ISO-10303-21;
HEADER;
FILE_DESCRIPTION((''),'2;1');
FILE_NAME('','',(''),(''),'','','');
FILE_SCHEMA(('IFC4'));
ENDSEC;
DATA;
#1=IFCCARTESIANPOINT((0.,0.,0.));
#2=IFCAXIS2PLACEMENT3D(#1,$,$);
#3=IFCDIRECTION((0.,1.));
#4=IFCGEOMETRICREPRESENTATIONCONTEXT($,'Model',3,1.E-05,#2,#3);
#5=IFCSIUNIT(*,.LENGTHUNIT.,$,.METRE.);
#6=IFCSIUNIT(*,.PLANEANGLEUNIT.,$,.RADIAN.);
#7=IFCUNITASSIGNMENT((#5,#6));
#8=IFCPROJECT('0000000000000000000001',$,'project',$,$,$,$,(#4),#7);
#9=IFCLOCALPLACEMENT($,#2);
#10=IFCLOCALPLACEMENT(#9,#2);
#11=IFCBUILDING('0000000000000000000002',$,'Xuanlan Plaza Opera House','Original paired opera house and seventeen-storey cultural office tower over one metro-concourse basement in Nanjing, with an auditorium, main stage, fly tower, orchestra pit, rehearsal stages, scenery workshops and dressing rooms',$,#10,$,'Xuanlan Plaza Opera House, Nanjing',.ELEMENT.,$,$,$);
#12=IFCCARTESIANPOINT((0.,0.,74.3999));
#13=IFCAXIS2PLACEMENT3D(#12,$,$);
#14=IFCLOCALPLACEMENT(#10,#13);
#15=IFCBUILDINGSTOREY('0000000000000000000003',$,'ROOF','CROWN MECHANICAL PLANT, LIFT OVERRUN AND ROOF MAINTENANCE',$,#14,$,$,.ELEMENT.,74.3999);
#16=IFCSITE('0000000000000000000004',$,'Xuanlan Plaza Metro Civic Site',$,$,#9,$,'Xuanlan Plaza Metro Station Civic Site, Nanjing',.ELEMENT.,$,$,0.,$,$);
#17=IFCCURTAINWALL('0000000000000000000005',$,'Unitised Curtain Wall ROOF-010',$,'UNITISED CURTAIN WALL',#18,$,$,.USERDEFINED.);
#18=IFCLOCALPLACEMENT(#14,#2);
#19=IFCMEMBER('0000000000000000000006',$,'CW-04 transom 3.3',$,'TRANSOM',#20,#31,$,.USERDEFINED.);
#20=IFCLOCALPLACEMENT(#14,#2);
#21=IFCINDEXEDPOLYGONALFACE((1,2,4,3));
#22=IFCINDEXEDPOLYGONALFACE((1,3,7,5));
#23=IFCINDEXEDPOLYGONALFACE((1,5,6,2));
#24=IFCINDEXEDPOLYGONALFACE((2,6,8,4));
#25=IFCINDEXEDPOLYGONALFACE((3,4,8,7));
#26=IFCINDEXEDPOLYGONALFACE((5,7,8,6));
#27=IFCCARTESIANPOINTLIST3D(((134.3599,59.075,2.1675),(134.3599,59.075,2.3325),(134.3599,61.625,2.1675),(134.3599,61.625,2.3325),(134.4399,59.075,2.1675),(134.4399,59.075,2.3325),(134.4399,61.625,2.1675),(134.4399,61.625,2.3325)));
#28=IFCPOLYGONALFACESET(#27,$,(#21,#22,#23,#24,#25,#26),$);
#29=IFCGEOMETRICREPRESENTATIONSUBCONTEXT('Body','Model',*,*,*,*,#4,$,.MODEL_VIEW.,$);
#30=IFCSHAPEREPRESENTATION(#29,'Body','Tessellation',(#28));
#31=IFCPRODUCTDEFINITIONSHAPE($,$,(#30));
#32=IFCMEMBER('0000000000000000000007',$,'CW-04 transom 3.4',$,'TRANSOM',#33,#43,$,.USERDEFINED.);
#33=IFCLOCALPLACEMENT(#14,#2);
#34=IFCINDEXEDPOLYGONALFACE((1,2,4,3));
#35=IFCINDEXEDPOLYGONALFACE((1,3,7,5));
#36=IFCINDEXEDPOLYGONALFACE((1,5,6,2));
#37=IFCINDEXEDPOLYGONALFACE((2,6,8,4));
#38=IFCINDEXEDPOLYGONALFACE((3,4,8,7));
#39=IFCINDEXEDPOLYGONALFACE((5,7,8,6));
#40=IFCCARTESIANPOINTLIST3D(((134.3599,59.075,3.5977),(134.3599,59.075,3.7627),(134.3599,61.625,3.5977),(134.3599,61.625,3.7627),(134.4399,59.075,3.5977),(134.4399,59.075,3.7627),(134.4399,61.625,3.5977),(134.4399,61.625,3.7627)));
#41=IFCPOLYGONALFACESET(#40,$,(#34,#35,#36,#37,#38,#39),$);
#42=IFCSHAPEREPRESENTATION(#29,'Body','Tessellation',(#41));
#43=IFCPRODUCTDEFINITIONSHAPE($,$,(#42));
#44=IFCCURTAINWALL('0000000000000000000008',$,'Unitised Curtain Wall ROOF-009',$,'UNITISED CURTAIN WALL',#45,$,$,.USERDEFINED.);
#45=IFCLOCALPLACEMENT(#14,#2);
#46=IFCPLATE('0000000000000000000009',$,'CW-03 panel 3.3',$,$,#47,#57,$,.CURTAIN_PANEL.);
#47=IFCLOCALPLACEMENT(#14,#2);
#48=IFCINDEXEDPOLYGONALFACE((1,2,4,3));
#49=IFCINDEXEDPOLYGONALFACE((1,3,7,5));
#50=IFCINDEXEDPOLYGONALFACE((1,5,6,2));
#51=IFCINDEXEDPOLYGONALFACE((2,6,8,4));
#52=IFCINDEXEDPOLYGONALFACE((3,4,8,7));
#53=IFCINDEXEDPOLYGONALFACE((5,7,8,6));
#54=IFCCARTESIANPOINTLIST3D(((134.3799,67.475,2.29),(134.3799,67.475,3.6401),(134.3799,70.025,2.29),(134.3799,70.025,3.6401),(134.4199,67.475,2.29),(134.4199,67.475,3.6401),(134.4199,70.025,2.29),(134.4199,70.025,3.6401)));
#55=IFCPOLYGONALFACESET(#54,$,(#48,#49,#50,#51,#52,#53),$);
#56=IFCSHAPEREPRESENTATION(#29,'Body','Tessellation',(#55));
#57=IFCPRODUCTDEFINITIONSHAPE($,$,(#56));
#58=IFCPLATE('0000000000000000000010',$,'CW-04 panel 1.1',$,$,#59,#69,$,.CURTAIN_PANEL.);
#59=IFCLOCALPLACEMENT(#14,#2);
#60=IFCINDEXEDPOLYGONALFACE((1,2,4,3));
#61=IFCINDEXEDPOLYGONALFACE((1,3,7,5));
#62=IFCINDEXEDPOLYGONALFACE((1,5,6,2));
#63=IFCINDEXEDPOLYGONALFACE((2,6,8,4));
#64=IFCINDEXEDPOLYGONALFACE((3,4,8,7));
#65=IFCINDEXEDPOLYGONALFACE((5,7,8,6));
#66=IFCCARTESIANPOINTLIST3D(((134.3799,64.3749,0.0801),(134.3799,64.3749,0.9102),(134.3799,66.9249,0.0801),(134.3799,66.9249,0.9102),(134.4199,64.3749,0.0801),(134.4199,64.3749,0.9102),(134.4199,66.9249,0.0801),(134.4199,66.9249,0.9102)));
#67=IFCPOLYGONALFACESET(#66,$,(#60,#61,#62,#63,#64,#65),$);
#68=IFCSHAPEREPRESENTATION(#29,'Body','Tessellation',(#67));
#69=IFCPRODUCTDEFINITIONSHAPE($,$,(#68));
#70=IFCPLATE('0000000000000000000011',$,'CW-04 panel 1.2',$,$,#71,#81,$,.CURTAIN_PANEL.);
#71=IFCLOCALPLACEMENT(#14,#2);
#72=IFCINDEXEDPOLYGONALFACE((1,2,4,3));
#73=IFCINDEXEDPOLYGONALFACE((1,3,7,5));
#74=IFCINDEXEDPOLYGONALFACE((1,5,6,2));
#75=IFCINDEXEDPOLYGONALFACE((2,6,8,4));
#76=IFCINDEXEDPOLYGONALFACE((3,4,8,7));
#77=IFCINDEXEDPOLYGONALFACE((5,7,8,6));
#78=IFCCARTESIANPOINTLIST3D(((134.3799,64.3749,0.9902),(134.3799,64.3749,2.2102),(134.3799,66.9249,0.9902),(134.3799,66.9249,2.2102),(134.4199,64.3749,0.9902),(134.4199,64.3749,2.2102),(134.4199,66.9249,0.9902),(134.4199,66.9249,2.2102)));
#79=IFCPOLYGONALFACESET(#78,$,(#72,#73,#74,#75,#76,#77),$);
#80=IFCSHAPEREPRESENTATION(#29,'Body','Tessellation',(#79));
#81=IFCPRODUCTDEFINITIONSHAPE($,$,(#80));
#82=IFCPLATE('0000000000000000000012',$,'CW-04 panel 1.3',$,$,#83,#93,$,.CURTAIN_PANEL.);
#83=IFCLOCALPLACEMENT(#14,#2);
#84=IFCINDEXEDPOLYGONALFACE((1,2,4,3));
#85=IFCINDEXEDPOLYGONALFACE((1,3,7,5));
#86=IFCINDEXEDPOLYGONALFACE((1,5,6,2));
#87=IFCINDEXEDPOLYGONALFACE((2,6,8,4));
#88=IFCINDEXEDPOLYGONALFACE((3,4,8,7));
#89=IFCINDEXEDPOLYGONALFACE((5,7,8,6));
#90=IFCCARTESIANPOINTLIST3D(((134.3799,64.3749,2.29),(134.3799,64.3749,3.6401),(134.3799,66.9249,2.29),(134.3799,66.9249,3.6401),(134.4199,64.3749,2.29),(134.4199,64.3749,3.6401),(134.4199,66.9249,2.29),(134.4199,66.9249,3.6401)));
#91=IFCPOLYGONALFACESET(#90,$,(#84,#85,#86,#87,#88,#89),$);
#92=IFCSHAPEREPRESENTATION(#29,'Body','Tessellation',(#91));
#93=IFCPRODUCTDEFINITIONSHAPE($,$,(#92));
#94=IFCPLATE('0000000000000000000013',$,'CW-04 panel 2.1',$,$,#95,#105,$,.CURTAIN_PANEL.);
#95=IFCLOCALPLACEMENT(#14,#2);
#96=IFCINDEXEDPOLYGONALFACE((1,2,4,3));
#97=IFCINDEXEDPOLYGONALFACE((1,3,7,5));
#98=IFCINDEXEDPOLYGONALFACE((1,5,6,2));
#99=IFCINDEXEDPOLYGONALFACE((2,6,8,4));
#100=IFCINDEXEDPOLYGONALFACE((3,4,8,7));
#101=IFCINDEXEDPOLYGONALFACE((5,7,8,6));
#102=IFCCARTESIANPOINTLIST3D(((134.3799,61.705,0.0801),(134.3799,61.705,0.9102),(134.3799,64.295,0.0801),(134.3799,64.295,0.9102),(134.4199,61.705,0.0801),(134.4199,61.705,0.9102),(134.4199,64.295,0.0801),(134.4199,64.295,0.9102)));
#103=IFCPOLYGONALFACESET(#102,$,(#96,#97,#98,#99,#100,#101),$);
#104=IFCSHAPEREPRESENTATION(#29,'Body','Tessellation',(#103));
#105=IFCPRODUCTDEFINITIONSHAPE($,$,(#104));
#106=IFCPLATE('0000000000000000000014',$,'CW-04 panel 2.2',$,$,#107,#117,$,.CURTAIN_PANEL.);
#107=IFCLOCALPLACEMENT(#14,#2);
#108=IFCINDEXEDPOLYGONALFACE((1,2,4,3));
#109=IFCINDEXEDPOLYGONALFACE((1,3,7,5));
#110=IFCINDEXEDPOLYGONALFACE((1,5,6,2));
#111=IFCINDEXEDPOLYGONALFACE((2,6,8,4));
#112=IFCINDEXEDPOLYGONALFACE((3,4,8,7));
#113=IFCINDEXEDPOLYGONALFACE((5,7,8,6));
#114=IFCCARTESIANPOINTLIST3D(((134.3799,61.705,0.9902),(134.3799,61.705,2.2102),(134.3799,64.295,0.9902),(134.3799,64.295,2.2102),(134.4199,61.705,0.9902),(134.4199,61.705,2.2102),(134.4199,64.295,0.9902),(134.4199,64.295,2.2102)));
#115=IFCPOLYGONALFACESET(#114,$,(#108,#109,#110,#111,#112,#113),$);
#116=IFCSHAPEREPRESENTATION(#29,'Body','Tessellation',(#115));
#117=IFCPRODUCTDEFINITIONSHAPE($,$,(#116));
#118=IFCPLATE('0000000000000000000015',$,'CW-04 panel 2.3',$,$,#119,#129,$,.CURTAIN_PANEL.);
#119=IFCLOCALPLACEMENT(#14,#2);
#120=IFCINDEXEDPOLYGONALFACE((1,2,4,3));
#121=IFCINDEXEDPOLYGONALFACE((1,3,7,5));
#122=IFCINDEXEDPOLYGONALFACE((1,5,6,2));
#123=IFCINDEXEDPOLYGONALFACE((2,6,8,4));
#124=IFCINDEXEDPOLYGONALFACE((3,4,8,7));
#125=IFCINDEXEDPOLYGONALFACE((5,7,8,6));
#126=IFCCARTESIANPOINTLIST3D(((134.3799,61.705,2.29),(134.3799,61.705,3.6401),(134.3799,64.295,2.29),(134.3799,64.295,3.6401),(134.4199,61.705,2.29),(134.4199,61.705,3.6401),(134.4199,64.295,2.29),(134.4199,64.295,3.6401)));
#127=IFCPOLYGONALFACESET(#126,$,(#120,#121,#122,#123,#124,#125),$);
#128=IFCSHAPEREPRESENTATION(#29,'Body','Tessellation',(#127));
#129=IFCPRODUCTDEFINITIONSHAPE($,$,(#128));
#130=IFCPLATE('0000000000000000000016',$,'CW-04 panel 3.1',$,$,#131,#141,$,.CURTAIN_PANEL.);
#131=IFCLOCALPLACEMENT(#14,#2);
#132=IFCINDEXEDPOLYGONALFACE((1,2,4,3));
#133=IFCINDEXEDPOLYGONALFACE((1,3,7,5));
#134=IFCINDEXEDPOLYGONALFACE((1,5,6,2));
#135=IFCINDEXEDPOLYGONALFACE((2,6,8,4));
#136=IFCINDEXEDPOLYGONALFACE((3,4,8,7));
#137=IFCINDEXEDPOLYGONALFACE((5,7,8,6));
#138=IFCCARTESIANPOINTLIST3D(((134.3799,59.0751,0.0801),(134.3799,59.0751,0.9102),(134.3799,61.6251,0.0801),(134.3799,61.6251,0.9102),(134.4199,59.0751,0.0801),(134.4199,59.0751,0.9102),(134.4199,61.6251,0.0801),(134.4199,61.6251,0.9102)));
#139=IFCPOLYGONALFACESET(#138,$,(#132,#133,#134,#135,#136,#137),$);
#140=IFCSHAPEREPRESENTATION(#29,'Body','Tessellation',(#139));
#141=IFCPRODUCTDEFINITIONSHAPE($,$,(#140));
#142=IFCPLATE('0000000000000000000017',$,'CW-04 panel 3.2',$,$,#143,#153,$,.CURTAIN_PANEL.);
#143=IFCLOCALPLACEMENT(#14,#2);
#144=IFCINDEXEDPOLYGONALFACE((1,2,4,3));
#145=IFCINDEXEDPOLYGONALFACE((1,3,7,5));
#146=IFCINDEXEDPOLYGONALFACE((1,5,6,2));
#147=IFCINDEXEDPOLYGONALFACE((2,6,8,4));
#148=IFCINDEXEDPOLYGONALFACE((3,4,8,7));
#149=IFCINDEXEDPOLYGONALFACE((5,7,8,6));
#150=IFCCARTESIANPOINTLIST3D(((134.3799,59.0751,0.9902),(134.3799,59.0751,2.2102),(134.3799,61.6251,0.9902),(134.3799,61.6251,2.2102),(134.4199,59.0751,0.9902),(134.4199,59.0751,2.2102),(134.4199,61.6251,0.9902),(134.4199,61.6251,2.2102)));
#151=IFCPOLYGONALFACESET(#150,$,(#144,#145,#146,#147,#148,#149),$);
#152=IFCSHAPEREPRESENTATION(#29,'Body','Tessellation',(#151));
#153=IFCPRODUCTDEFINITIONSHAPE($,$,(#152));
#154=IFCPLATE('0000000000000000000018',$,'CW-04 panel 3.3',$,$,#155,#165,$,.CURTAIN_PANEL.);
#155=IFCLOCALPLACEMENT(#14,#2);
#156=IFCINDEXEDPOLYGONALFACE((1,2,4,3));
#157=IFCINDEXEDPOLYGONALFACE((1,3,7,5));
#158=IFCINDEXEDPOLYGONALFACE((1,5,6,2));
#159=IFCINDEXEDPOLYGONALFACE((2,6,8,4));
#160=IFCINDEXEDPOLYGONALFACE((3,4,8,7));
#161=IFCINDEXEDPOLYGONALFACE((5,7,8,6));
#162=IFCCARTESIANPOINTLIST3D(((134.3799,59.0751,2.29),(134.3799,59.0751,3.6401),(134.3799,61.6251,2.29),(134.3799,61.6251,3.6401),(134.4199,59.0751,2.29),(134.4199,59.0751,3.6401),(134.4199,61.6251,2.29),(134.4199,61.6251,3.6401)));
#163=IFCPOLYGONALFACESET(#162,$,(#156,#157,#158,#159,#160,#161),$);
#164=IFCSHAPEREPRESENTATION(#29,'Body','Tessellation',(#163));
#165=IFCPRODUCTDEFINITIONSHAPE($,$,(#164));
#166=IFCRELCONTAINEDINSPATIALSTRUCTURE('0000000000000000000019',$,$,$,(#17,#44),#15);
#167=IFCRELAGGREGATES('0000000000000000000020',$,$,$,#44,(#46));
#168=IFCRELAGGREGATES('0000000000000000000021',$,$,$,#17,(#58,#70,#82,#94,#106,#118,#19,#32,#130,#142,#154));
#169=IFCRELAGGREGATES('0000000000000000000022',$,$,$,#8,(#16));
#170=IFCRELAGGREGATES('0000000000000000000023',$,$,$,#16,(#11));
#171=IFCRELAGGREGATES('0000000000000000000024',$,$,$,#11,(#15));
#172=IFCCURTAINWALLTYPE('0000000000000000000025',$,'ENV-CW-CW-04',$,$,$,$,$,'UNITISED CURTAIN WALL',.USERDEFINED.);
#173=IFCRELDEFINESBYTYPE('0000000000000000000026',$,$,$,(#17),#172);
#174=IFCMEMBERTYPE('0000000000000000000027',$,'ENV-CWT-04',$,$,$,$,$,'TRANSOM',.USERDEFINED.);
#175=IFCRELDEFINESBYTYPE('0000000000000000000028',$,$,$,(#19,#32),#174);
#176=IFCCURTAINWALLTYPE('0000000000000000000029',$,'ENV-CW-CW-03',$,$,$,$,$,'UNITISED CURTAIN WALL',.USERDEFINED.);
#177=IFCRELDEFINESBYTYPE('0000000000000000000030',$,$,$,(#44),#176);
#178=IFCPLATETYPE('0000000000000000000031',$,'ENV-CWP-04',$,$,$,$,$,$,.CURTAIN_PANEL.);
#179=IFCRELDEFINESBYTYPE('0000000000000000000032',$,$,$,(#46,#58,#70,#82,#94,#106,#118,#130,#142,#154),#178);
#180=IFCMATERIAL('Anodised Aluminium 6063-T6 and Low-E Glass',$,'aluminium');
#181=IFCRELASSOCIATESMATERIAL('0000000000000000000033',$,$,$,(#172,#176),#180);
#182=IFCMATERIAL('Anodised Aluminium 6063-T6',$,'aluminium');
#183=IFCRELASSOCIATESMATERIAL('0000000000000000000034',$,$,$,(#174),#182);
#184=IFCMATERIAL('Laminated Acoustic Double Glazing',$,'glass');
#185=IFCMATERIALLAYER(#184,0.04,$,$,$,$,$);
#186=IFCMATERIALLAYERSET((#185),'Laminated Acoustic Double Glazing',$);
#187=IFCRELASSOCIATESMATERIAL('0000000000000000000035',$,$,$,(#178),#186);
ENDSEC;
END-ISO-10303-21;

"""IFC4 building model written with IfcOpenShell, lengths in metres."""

from ifc_helpers import new_model, si_unit, direction, frame, origin, origin_2d, place, context, subcontext, project, spatial, rectangle, extrude, material, layer, layer_set, material_profile, profile_set, type_object, element, aggregate, save


model = new_model("IFC4")

# Units and contexts
model_context = context("Model", 3, precision=1e-05, world=origin(), true_north=direction((0.0, 1.0)))
body_context = subcontext(model_context, "Body", "Model", "MODEL_VIEW")
ifc_project = project(units=[si_unit("LENGTHUNIT", "METRE"), si_unit("PLANEANGLEUNIT", "RADIAN")], contexts=[model_context])

# Site, building, storey
site_placement = place(None, origin())
site = spatial("IfcSite", under=ifc_project, at=site_placement, Name="Xuanlan Plaza Metro Civic Site", LongName="Xuanlan Plaza Metro Station Civic Site, Nanjing", CompositionType="ELEMENT", RefElevation=0.0)
building_placement = place(site_placement, origin())
building = spatial("IfcBuilding", under=site, at=building_placement, Name="Xuanlan Plaza Opera House", Description="Original paired opera house and seventeen-storey cultural office tower over one metro-concourse basement in Nanjing, with an auditorium, main stage, fly tower, orchestra pit, rehearsal stages, scenery workshops and dressing rooms", LongName="Xuanlan Plaza Opera House, Nanjing", CompositionType="ELEMENT")
storey_placement = place(building_placement, frame((0.0, 0.0, 74.3999)))
storey = spatial("IfcBuildingStorey", under=building, at=storey_placement, Name="ROOF", Description="CROWN MECHANICAL PLANT, LIFT OVERRUN AND ROOF MAINTENANCE", CompositionType="ELEMENT", Elevation=74.3999)

# Curtain wall
ifc_material_1 = material(Name="Anodised Aluminium 6063-T6 and Low-E Glass", Category="aluminium")
curtain_wall_type_1 = type_object("IfcCurtainWallType", Name="ENV-CW-CW-04", ElementType="UNITISED CURTAIN WALL", PredefinedType="USERDEFINED", material=ifc_material_1)
curtain_wall_1_placement = place(storey_placement, origin())
curtain_wall_1 = element("IfcCurtainWall", 1, at=curtain_wall_1_placement, inside=storey, type_object=curtain_wall_type_1, Name="Unitised Curtain Wall ROOF-010", ObjectType="UNITISED CURTAIN WALL", PredefinedType="USERDEFINED")
ifc_material_2 = material(Name="Anodised Aluminium 6063-T6", Category="aluminium")

# Shared definitions
curtain_wall_type_2 = type_object("IfcCurtainWallType", Name="ENV-CW-CW-03", ElementType="UNITISED CURTAIN WALL", PredefinedType="USERDEFINED", material=ifc_material_1)

# Members
ifc_material_profile_1 = material_profile(ifc_material_2, rectangle(XDim=0.0801, YDim=0.165, at=origin_2d()), Name="ALU-T 80x165")
ifc_profile_set_1 = profile_set([ifc_material_profile_1], Name="Anodised Aluminium 6063-T6")
member_type_1 = type_object("IfcMemberType", Name="ENV-CWT-04", ElementType="TRANSOM", PredefinedType="USERDEFINED", material=ifc_profile_set_1)
member_1_placement = place(storey_placement, frame((134.3999, 61.625, 2.25), z_axis=(0.0, -1.0, 0.0), x_axis=(1.0, 0.0, 0.0)))
member_1 = element("IfcMember", 2, at=member_1_placement, type_object=member_type_1, Name="CW-04 transom 3.3", ObjectType="TRANSOM", PredefinedType="USERDEFINED", context=body_context, shape_type="SweptSolid", body=[
    extrude(rectangle(XDim=0.0801, YDim=0.165, at=origin_2d()), origin(), (0.0, 0.0, 1.0), 2.55),
])
member_2_placement = place(storey_placement, frame((134.3999, 61.625, 3.6802), z_axis=(0.0, -1.0, 0.0), x_axis=(1.0, 0.0, 0.0)))
member_2 = element("IfcMember", 3, at=member_2_placement, type_object=member_type_1, Name="CW-04 transom 3.4", ObjectType="TRANSOM", PredefinedType="USERDEFINED", context=body_context, shape_type="SweptSolid", body=[
    extrude(rectangle(XDim=0.0801, YDim=0.165, at=origin_2d()), origin(), (0.0, 0.0, 1.0), 2.55),
])

# Curtain wall, plate
curtain_wall_2_placement = place(storey_placement, origin())
curtain_wall_2 = element("IfcCurtainWall", 4, at=curtain_wall_2_placement, inside=storey, type_object=curtain_wall_type_2, Name="Unitised Curtain Wall ROOF-009", ObjectType="UNITISED CURTAIN WALL", PredefinedType="USERDEFINED")
ifc_material_3 = material(Name="Laminated Acoustic Double Glazing", Category="glass")
ifc_layer = layer(ifc_material_3, 0.04)
ifc_layer_set = layer_set([ifc_layer], Name="Laminated Acoustic Double Glazing")
plate_type = type_object("IfcPlateType", Name="ENV-CWP-04", PredefinedType="CURTAIN_PANEL", material=ifc_layer_set)
plate_1_placement = place(storey_placement, frame((134.3999, 68.75, 2.29), z_axis=(0.0, 0.0, 1.0), x_axis=(0.0, -1.0, 0.0)))
plate_1 = element("IfcPlate", 5, at=plate_1_placement, type_object=plate_type, Name="CW-03 panel 3.3", PredefinedType="CURTAIN_PANEL", context=body_context, shape_type="SweptSolid", body=[
    extrude(rectangle(XDim=2.55, YDim=0.04, at=origin_2d()), origin(), (0.0, 0.0, 1.0), 1.3501),
])
aggregate(curtain_wall_2, [plate_1])

# Plates
plate_2_placement = place(storey_placement, frame((134.3999, 65.6499, 0.0801), z_axis=(0.0, 0.0, 1.0), x_axis=(0.0, -1.0, 0.0)))
plate_2 = element("IfcPlate", 6, at=plate_2_placement, type_object=plate_type, Name="CW-04 panel 1.1", PredefinedType="CURTAIN_PANEL", context=body_context, shape_type="SweptSolid", body=[
    extrude(rectangle(XDim=2.55, YDim=0.04, at=origin_2d()), origin(), (0.0, 0.0, 1.0), 0.8301),
])
plate_3_placement = place(storey_placement, frame((134.3999, 65.6499, 0.9902), z_axis=(0.0, 0.0, 1.0), x_axis=(0.0, -1.0, 0.0)))
plate_3 = element("IfcPlate", 7, at=plate_3_placement, type_object=plate_type, Name="CW-04 panel 1.2", PredefinedType="CURTAIN_PANEL", context=body_context, shape_type="SweptSolid", body=[
    extrude(rectangle(XDim=2.55, YDim=0.04, at=origin_2d()), origin(), (0.0, 0.0, 1.0), 1.22),
])
plate_4_placement = place(storey_placement, frame((134.3999, 65.6499, 2.29), z_axis=(0.0, 0.0, 1.0), x_axis=(0.0, -1.0, 0.0)))
plate_4 = element("IfcPlate", 8, at=plate_4_placement, type_object=plate_type, Name="CW-04 panel 1.3", PredefinedType="CURTAIN_PANEL", context=body_context, shape_type="SweptSolid", body=[
    extrude(rectangle(XDim=2.55, YDim=0.04, at=origin_2d()), origin(), (0.0, 0.0, 1.0), 1.3501),
])
plate_5_placement = place(storey_placement, frame((134.3999, 63.0, 0.0801), z_axis=(0.0, 0.0, 1.0), x_axis=(0.0, -1.0, 0.0)))
plate_5 = element("IfcPlate", 9, at=plate_5_placement, type_object=plate_type, Name="CW-04 panel 2.1", PredefinedType="CURTAIN_PANEL", context=body_context, shape_type="SweptSolid", body=[
    extrude(rectangle(XDim=2.5901, YDim=0.04, at=origin_2d()), origin(), (0.0, 0.0, 1.0), 0.8301),
])
plate_6_placement = place(storey_placement, frame((134.3999, 63.0, 0.9902), z_axis=(0.0, 0.0, 1.0), x_axis=(0.0, -1.0, 0.0)))
plate_6 = element("IfcPlate", 10, at=plate_6_placement, type_object=plate_type, Name="CW-04 panel 2.2", PredefinedType="CURTAIN_PANEL", context=body_context, shape_type="SweptSolid", body=[
    extrude(rectangle(XDim=2.5901, YDim=0.04, at=origin_2d()), origin(), (0.0, 0.0, 1.0), 1.22),
])
plate_7_placement = place(storey_placement, frame((134.3999, 63.0, 2.29), z_axis=(0.0, 0.0, 1.0), x_axis=(0.0, -1.0, 0.0)))
plate_7 = element("IfcPlate", 11, at=plate_7_placement, type_object=plate_type, Name="CW-04 panel 2.3", PredefinedType="CURTAIN_PANEL", context=body_context, shape_type="SweptSolid", body=[
    extrude(rectangle(XDim=2.5901, YDim=0.04, at=origin_2d()), origin(), (0.0, 0.0, 1.0), 1.3501),
])
plate_8_placement = place(storey_placement, frame((134.3999, 60.3501, 0.0801), z_axis=(0.0, 0.0, 1.0), x_axis=(0.0, -1.0, 0.0)))
plate_8 = element("IfcPlate", 12, at=plate_8_placement, type_object=plate_type, Name="CW-04 panel 3.1", PredefinedType="CURTAIN_PANEL", context=body_context, shape_type="SweptSolid", body=[
    extrude(rectangle(XDim=2.55, YDim=0.04, at=origin_2d()), origin(), (0.0, 0.0, 1.0), 0.8301),
])
plate_9_placement = place(storey_placement, frame((134.3999, 60.3501, 0.9902), z_axis=(0.0, 0.0, 1.0), x_axis=(0.0, -1.0, 0.0)))
plate_9 = element("IfcPlate", 13, at=plate_9_placement, type_object=plate_type, Name="CW-04 panel 3.2", PredefinedType="CURTAIN_PANEL", context=body_context, shape_type="SweptSolid", body=[
    extrude(rectangle(XDim=2.55, YDim=0.04, at=origin_2d()), origin(), (0.0, 0.0, 1.0), 1.22),
])
plate_10_placement = place(storey_placement, frame((134.3999, 60.3501, 2.29), z_axis=(0.0, 0.0, 1.0), x_axis=(0.0, -1.0, 0.0)))
plate_10 = element("IfcPlate", 14, at=plate_10_placement, type_object=plate_type, Name="CW-04 panel 3.3", PredefinedType="CURTAIN_PANEL", context=body_context, shape_type="SweptSolid", body=[
    extrude(rectangle(XDim=2.55, YDim=0.04, at=origin_2d()), origin(), (0.0, 0.0, 1.0), 1.3501),
])
aggregate(curtain_wall_1, [plate_2, plate_3, plate_4, plate_5, plate_6, plate_7, member_1, member_2, plate_8, plate_9, plate_10])

save(model, "model.ifc")
